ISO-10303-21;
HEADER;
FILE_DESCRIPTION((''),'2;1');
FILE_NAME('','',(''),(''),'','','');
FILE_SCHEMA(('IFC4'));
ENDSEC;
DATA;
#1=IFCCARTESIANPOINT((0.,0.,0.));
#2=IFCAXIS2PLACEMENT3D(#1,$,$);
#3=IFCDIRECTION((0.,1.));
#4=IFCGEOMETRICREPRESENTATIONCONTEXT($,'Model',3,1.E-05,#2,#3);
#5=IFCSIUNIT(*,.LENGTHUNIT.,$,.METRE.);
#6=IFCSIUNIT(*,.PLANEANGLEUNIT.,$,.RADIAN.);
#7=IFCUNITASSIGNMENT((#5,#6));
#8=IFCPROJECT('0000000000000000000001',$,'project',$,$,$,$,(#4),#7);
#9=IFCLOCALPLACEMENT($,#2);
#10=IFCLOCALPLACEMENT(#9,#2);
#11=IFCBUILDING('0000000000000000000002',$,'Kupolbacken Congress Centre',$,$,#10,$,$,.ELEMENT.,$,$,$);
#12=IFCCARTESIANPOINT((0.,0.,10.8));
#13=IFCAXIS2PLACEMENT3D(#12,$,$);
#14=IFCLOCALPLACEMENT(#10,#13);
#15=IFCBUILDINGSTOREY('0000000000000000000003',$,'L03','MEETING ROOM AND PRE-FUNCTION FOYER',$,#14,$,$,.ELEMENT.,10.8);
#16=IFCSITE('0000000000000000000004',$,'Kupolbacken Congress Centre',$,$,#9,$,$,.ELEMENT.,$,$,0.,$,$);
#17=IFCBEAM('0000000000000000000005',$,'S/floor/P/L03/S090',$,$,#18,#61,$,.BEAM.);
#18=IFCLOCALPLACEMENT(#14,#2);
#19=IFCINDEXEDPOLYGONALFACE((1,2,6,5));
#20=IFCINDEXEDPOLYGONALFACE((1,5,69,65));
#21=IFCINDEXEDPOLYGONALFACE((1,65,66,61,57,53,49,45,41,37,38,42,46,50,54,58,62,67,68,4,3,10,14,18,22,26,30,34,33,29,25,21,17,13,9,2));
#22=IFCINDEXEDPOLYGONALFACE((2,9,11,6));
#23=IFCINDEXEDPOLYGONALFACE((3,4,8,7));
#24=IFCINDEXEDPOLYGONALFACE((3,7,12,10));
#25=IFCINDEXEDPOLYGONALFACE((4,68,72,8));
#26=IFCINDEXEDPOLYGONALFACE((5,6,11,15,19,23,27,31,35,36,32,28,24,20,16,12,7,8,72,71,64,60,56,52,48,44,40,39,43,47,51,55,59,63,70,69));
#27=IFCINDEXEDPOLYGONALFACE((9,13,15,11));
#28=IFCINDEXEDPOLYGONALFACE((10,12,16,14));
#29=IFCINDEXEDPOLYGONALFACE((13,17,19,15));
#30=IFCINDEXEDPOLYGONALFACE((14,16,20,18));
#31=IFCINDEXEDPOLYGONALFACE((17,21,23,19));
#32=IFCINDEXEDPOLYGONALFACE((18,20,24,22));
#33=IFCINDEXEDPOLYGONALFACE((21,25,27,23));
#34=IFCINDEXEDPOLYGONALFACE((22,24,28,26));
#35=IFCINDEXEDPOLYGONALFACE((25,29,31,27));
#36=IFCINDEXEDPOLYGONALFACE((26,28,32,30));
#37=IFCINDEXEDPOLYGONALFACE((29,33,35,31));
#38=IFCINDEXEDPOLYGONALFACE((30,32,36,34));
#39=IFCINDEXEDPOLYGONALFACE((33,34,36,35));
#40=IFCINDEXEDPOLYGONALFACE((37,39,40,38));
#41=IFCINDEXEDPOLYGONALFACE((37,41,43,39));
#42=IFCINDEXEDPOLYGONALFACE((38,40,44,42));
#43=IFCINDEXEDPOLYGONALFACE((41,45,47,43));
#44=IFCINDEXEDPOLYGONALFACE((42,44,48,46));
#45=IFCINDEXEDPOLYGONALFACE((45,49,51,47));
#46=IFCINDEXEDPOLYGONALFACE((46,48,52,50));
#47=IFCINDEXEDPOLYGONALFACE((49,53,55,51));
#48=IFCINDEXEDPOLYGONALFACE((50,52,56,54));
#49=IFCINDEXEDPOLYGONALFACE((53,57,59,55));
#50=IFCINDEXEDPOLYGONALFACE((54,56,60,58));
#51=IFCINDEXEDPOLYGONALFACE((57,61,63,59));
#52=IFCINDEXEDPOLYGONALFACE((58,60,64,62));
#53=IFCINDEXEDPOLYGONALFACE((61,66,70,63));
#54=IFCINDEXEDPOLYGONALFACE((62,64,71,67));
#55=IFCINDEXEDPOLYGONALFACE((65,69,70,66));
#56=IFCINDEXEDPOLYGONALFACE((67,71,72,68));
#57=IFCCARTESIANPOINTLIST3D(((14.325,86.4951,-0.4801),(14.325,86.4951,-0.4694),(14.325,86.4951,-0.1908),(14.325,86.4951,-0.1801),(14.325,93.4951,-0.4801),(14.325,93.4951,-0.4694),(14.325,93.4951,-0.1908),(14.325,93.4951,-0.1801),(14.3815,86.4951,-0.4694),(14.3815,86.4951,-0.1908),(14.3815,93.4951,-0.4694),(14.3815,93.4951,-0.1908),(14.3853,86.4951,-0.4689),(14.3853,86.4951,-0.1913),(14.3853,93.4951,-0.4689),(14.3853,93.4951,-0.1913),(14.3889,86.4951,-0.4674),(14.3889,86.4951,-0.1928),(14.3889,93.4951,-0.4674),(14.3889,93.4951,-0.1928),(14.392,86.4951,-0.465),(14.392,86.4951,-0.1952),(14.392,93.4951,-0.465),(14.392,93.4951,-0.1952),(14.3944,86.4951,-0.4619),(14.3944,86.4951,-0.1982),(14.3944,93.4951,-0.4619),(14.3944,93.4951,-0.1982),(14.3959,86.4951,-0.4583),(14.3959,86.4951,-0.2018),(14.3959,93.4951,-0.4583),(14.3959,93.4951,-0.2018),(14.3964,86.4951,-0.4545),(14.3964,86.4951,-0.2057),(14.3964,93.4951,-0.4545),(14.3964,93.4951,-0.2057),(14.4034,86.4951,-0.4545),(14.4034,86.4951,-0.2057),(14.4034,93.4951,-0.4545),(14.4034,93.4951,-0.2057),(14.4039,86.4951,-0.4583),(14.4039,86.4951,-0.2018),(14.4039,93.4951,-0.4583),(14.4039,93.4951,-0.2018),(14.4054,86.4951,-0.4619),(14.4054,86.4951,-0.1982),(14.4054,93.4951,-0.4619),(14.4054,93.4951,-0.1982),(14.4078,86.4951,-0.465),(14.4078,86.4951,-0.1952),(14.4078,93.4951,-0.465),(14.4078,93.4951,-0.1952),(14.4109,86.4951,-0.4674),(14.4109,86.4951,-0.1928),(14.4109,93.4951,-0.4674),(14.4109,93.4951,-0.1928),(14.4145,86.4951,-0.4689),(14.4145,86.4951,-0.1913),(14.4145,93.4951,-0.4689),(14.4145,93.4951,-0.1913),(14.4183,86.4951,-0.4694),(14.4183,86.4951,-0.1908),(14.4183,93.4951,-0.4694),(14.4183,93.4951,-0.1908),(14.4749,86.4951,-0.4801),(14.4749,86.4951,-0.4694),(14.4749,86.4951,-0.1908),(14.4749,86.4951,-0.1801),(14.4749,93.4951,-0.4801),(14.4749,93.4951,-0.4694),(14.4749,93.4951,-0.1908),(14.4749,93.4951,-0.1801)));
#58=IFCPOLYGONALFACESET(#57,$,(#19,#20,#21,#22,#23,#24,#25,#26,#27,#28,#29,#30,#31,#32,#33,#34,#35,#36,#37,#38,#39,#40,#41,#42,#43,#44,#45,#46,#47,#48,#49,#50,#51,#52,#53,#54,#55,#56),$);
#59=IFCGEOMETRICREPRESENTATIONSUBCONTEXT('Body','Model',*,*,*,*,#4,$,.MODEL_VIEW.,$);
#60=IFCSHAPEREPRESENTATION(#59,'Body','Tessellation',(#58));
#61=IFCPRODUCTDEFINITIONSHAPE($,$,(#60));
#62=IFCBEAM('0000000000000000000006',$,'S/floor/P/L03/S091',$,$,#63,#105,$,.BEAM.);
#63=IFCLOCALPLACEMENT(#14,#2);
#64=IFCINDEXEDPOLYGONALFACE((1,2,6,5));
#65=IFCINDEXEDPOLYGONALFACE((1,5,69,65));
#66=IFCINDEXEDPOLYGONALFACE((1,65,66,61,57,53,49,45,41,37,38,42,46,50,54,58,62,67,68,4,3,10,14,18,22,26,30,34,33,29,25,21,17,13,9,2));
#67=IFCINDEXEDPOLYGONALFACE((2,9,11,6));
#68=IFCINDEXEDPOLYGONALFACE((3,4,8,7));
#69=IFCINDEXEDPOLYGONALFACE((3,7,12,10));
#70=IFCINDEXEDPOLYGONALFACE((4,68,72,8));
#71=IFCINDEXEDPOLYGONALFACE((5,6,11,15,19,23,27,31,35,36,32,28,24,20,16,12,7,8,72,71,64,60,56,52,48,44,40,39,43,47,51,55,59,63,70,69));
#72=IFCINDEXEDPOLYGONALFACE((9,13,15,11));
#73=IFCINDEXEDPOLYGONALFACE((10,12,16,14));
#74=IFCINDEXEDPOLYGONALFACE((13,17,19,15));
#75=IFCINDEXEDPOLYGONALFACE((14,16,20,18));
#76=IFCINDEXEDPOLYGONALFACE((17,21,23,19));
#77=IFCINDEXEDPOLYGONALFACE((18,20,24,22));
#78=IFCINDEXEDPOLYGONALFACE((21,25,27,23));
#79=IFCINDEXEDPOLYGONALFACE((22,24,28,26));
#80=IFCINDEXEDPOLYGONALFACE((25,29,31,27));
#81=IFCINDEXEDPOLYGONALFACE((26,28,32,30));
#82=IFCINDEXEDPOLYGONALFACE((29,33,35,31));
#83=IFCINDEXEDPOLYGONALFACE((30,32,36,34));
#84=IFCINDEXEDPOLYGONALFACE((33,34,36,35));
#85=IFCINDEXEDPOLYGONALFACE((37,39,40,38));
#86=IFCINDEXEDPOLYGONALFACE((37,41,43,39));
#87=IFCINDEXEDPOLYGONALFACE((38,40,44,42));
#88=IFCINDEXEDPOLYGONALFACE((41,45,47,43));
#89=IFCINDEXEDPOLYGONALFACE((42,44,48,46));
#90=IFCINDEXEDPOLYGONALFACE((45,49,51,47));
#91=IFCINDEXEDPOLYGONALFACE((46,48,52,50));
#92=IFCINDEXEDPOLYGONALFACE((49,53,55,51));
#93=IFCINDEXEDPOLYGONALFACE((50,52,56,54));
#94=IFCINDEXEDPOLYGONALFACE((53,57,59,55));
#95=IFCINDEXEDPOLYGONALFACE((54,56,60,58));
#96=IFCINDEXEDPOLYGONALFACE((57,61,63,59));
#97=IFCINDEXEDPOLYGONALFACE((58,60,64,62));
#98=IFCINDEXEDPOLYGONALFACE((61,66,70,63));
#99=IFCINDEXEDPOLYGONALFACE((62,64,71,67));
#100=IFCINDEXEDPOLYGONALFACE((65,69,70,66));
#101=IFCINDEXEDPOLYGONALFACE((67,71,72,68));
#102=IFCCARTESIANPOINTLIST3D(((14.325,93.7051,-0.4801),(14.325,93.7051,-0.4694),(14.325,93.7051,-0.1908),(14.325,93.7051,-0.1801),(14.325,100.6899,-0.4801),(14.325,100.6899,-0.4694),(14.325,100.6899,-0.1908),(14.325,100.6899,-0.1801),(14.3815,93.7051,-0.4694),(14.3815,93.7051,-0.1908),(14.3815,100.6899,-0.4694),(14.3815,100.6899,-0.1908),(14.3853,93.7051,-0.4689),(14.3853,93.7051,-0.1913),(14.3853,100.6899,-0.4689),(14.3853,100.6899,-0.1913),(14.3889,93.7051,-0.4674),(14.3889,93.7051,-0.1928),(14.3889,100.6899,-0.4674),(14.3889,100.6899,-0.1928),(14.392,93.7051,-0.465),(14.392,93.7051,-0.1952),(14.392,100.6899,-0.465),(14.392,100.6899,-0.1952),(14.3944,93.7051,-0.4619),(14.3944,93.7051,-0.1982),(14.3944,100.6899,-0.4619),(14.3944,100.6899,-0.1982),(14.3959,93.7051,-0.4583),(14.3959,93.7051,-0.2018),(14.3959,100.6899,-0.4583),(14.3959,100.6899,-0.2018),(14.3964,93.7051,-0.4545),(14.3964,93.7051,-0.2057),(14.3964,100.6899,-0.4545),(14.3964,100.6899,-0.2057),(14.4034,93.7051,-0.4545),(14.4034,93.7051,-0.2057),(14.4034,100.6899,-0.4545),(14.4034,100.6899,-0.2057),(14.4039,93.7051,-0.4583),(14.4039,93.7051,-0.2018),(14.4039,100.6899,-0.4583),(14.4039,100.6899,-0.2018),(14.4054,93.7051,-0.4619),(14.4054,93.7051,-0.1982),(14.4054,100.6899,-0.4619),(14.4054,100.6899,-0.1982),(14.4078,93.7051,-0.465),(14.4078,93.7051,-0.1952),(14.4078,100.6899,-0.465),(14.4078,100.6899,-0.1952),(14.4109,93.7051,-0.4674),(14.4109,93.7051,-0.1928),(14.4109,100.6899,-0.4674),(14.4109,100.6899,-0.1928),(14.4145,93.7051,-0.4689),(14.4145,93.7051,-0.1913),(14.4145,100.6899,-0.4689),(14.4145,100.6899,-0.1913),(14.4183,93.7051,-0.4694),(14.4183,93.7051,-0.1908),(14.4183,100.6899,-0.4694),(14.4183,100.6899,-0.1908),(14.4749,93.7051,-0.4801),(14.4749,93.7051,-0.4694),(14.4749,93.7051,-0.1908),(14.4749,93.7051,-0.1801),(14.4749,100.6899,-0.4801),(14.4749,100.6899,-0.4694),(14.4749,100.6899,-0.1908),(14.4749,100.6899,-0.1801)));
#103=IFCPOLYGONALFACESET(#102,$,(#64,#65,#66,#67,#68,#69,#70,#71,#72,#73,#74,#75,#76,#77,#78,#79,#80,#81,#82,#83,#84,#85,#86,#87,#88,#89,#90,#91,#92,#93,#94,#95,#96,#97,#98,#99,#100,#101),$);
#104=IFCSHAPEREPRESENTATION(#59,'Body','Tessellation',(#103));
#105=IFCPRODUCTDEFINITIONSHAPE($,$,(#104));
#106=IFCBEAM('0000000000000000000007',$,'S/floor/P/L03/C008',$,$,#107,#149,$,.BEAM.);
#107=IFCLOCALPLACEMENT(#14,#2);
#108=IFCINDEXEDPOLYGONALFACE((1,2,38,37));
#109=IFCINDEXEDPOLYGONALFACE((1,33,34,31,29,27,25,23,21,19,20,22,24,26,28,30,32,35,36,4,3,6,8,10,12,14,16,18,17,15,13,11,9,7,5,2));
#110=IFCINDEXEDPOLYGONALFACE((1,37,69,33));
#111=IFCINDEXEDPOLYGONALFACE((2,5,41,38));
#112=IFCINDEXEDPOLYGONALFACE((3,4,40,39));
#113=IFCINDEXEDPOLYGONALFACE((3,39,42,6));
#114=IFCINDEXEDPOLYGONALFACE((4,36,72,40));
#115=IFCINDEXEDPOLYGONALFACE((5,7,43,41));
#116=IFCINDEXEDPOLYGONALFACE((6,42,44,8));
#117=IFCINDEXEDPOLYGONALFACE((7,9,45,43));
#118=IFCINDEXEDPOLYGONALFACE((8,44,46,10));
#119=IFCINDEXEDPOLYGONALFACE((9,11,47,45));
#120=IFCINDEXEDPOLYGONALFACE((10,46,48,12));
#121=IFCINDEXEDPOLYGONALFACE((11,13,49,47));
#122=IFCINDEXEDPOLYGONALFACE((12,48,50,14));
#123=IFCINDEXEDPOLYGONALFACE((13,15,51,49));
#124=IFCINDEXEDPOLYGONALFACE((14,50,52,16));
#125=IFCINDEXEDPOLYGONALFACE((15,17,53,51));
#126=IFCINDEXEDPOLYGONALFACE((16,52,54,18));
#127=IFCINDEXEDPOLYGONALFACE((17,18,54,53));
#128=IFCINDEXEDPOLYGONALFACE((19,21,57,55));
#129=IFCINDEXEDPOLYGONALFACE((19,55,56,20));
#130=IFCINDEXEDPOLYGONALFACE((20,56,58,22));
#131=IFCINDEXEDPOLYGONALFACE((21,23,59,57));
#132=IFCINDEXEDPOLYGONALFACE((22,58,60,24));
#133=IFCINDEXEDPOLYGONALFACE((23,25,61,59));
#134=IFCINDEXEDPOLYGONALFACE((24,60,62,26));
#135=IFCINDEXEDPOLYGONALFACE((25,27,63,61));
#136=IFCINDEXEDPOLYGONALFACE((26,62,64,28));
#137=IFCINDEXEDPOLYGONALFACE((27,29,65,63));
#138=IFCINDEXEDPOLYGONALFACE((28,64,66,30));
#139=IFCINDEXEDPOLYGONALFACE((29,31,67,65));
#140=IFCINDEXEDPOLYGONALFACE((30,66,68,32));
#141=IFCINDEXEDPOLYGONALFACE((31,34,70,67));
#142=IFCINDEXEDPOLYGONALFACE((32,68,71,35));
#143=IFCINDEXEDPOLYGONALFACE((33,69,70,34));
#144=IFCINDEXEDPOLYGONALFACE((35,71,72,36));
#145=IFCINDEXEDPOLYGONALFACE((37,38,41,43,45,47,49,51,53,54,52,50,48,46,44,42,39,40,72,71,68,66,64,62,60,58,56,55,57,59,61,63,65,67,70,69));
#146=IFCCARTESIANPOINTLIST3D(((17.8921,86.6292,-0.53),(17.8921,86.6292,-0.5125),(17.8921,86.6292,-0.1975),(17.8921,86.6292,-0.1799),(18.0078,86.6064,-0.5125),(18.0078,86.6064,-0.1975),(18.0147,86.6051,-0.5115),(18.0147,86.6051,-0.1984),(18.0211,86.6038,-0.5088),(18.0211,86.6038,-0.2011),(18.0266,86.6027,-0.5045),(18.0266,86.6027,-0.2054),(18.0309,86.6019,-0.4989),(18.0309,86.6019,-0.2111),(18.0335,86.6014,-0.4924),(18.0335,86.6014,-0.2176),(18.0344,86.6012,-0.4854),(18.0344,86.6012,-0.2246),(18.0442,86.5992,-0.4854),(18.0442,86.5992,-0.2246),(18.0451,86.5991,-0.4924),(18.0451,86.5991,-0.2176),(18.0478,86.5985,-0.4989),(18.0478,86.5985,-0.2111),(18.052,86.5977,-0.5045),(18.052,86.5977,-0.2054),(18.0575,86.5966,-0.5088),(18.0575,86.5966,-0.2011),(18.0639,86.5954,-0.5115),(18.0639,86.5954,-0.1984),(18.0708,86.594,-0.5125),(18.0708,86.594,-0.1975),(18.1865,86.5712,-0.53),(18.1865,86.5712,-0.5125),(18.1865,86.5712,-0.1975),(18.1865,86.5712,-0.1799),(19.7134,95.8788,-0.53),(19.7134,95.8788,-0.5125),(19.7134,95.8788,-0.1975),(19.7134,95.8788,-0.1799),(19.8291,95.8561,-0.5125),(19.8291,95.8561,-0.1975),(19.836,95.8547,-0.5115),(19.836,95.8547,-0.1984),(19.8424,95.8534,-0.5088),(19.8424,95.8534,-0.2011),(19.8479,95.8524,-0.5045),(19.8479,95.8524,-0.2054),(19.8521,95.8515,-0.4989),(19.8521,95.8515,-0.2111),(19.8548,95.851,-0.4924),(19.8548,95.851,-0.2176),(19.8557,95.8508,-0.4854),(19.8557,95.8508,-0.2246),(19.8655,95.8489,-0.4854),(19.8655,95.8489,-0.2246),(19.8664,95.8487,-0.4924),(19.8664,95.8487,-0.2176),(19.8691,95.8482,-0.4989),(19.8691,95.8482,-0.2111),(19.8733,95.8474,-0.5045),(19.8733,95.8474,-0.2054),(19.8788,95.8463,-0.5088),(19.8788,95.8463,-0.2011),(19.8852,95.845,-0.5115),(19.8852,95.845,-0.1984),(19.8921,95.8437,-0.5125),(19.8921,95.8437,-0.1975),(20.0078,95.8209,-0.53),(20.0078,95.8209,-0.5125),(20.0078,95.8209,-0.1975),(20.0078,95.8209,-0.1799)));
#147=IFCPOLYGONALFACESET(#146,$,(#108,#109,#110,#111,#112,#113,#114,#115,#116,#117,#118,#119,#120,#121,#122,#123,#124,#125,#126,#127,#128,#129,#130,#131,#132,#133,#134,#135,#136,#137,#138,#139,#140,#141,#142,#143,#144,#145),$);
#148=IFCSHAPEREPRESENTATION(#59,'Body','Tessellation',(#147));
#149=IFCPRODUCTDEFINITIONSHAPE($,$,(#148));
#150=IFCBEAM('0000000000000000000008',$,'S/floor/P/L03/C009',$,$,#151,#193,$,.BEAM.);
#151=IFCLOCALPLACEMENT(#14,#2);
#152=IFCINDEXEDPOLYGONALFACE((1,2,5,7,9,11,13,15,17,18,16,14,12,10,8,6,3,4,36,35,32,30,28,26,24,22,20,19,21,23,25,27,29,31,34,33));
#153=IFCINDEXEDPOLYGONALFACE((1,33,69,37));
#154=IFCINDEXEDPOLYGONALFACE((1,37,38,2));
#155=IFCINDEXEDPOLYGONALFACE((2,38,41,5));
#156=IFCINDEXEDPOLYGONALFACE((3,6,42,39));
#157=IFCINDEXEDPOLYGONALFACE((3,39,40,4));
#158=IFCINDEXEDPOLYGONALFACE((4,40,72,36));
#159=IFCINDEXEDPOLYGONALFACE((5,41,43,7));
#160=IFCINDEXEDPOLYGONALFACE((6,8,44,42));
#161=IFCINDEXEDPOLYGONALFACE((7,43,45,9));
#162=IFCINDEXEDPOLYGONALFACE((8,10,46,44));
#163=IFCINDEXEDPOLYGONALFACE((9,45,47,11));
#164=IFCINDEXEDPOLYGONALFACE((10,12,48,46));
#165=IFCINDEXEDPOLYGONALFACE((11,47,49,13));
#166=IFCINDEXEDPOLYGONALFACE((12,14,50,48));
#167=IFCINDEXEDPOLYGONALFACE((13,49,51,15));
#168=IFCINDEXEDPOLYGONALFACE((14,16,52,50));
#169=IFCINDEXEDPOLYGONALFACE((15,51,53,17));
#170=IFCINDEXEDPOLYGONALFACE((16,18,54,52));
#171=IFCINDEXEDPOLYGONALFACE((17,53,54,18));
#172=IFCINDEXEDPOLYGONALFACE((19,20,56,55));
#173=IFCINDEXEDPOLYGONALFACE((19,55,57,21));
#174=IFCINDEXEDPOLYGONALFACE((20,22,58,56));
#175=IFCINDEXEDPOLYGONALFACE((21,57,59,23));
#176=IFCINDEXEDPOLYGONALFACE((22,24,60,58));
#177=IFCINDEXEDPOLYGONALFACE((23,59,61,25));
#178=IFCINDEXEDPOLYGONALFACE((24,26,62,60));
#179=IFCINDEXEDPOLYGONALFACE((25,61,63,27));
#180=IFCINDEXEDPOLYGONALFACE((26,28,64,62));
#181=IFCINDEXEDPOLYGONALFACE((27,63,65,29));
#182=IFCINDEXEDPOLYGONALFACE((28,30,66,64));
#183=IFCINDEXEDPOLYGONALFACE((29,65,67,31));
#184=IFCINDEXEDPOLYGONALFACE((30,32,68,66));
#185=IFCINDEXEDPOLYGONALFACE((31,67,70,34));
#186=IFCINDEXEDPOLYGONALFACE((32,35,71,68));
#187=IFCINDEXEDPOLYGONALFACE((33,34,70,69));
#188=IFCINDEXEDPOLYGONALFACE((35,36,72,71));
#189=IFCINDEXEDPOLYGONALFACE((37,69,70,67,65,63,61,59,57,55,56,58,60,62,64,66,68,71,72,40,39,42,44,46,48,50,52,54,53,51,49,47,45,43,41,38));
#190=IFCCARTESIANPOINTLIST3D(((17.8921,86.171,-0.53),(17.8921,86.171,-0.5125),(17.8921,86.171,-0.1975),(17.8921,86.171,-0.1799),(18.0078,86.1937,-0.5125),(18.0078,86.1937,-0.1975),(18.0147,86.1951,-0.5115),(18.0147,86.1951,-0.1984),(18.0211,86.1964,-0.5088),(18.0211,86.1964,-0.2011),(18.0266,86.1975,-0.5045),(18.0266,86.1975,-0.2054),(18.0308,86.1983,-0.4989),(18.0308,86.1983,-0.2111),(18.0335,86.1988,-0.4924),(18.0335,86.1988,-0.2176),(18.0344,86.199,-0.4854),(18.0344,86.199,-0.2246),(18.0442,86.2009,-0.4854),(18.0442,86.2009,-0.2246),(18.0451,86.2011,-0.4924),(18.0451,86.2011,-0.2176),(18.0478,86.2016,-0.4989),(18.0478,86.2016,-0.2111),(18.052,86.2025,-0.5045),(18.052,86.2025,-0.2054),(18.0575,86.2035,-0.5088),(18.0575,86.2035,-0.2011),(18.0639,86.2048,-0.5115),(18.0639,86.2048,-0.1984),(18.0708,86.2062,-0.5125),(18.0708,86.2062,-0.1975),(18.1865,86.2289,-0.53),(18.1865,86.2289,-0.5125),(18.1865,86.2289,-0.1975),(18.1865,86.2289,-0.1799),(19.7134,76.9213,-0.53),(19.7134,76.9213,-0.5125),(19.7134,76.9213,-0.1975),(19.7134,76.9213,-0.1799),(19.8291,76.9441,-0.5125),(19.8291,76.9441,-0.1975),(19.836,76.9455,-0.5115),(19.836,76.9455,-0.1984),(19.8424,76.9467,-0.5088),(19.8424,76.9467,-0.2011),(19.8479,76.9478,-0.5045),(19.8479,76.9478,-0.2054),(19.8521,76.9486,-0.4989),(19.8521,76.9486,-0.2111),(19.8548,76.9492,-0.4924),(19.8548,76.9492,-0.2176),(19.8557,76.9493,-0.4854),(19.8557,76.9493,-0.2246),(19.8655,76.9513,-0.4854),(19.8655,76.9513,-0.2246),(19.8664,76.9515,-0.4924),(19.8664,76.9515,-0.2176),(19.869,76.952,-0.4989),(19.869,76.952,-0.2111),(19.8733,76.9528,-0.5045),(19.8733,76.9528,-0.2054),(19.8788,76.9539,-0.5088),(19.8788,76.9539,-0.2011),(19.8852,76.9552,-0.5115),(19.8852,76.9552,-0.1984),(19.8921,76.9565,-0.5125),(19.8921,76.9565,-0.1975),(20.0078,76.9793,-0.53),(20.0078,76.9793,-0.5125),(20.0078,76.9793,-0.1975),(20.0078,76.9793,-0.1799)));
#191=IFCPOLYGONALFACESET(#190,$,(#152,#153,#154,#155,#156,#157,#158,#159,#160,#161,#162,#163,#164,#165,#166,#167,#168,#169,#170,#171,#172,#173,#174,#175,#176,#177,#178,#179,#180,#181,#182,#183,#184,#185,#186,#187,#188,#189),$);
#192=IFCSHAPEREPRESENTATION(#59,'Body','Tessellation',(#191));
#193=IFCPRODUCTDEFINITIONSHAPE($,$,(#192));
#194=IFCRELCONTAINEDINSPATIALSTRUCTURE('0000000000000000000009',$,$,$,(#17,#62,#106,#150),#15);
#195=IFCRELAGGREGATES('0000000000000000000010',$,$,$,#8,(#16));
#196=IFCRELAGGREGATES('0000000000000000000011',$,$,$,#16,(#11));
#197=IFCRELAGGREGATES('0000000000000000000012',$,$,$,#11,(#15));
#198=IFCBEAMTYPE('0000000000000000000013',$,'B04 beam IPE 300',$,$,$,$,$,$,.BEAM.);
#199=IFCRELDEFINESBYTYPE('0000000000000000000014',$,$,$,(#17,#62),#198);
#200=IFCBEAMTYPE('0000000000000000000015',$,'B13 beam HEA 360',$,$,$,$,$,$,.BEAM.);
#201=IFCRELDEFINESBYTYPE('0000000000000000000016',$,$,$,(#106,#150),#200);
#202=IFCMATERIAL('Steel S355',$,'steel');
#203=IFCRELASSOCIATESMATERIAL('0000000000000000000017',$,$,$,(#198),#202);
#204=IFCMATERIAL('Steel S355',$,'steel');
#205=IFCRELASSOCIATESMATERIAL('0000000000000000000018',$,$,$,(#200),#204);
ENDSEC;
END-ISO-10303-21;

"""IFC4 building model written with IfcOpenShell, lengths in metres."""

from ifc_helpers import new_model, si_unit, direction, frame, origin, origin_2d, place, context, subcontext, project, spatial, i_section, extrude, material, material_profile, profile_set, type_object, element, save


model = new_model("IFC4")

# Units and contexts
model_context = context("Model", 3, precision=1e-05, world=origin(), true_north=direction((0.0, 1.0)))
body_context = subcontext(model_context, "Body", "Model", "MODEL_VIEW")
ifc_project = project(units=[si_unit("LENGTHUNIT", "METRE"), si_unit("PLANEANGLEUNIT", "RADIAN")], contexts=[model_context])

# Site, building, storey
site_placement = place(None, origin())
site = spatial("IfcSite", under=ifc_project, at=site_placement, Name="Kupolbacken Congress Centre", CompositionType="ELEMENT", RefElevation=0.0)
building_placement = place(site_placement, origin())
building = spatial("IfcBuilding", under=site, at=building_placement, Name="Kupolbacken Congress Centre", CompositionType="ELEMENT")
storey_placement = place(building_placement, frame((0.0, 0.0, 10.8)))
storey = spatial("IfcBuildingStorey", under=building, at=storey_placement, Name="L03", Description="MEETING ROOM AND PRE-FUNCTION FOYER", CompositionType="ELEMENT", Elevation=10.8)

# Beams
ifc_material_1 = material(Name="Steel S355", Category="steel")
ifc_material_profile_1 = material_profile(ifc_material_1, i_section(OverallWidth=0.1499, OverallDepth=0.3, WebThickness=0.0071, FlangeThickness=0.0107, FilletRadius=0.0149, at=origin_2d()), Name="IPE 300")
ifc_profile_set_1 = profile_set([ifc_material_profile_1], Name="Steel S355")
beam_type_1 = type_object("IfcBeamType", Name="B04 beam IPE 300", PredefinedType="BEAM", material=ifc_profile_set_1)
for number, where, z_axis, x_axis, name in (
    (1, (14.3999, 86.4951, -0.3301), (0.0, 1.0, 0.0), (-1.0, 0.0, 0.0), "S/floor/P/L03/S090"),
):
    element("IfcBeam", number, at=place(storey_placement, frame(where, z_axis=z_axis, x_axis=x_axis)), inside=storey, type_object=beam_type_1, Name=name, PredefinedType="BEAM", context=body_context, shape_type="SweptSolid", body=[
        extrude(i_section(OverallWidth=0.1499, OverallDepth=0.3, WebThickness=0.0071, FlangeThickness=0.0107, FilletRadius=0.0149, at=origin_2d()), origin(), (0.0, 0.0, 1.0), 7.0),
    ])
beam_1_placement = place(storey_placement, frame((14.3999, 93.7051, -0.3301), z_axis=(0.0, 1.0, 0.0), x_axis=(-1.0, 0.0, 0.0)))
element("IfcBeam", 2, at=beam_1_placement, inside=storey, type_object=beam_type_1, Name="S/floor/P/L03/S091", PredefinedType="BEAM", context=body_context, shape_type="SweptSolid", body=[
    extrude(i_section(OverallWidth=0.1499, OverallDepth=0.3, WebThickness=0.0071, FlangeThickness=0.0107, FilletRadius=0.0149, at=origin_2d()), origin(), (0.0, 0.0, 1.0), 6.9849),
])
ifc_material_2 = material(Name="Steel S355", Category="steel")
ifc_material_profile_2 = material_profile(ifc_material_2, i_section(OverallWidth=0.3, OverallDepth=0.3501, WebThickness=0.01, FlangeThickness=0.0176, FilletRadius=0.0271, at=origin_2d()), Name="HEA 360")
ifc_profile_set_2 = profile_set([ifc_material_profile_2], Name="Steel S355")
beam_type_2 = type_object("IfcBeamType", Name="B13 beam HEA 360", PredefinedType="BEAM", material=ifc_profile_set_2)
for number, where, z_axis, x_axis, name in (
    (3, (19.8606, 95.8499, -0.355), (-0.193192, -0.981161, 0.0), (0.981161, -0.193192, 0.0), "S/floor/P/L03/C008"),
    (4, (18.0393, 86.2, -0.355), (0.193192, -0.981161, 0.0), (0.981161, 0.193192, 0.0), "S/floor/P/L03/C009"),
):
    element("IfcBeam", number, at=place(storey_placement, frame(where, z_axis=z_axis, x_axis=x_axis)), inside=storey, type_object=beam_type_2, Name=name, PredefinedType="BEAM", context=body_context, shape_type="SweptSolid", body=[
        extrude(i_section(OverallWidth=0.3, OverallDepth=0.3501, WebThickness=0.01, FlangeThickness=0.0176, FilletRadius=0.0271, at=origin_2d()), origin(), (0.0, 0.0, 1.0), 9.4272),
    ])

save(model, "model.ifc")
